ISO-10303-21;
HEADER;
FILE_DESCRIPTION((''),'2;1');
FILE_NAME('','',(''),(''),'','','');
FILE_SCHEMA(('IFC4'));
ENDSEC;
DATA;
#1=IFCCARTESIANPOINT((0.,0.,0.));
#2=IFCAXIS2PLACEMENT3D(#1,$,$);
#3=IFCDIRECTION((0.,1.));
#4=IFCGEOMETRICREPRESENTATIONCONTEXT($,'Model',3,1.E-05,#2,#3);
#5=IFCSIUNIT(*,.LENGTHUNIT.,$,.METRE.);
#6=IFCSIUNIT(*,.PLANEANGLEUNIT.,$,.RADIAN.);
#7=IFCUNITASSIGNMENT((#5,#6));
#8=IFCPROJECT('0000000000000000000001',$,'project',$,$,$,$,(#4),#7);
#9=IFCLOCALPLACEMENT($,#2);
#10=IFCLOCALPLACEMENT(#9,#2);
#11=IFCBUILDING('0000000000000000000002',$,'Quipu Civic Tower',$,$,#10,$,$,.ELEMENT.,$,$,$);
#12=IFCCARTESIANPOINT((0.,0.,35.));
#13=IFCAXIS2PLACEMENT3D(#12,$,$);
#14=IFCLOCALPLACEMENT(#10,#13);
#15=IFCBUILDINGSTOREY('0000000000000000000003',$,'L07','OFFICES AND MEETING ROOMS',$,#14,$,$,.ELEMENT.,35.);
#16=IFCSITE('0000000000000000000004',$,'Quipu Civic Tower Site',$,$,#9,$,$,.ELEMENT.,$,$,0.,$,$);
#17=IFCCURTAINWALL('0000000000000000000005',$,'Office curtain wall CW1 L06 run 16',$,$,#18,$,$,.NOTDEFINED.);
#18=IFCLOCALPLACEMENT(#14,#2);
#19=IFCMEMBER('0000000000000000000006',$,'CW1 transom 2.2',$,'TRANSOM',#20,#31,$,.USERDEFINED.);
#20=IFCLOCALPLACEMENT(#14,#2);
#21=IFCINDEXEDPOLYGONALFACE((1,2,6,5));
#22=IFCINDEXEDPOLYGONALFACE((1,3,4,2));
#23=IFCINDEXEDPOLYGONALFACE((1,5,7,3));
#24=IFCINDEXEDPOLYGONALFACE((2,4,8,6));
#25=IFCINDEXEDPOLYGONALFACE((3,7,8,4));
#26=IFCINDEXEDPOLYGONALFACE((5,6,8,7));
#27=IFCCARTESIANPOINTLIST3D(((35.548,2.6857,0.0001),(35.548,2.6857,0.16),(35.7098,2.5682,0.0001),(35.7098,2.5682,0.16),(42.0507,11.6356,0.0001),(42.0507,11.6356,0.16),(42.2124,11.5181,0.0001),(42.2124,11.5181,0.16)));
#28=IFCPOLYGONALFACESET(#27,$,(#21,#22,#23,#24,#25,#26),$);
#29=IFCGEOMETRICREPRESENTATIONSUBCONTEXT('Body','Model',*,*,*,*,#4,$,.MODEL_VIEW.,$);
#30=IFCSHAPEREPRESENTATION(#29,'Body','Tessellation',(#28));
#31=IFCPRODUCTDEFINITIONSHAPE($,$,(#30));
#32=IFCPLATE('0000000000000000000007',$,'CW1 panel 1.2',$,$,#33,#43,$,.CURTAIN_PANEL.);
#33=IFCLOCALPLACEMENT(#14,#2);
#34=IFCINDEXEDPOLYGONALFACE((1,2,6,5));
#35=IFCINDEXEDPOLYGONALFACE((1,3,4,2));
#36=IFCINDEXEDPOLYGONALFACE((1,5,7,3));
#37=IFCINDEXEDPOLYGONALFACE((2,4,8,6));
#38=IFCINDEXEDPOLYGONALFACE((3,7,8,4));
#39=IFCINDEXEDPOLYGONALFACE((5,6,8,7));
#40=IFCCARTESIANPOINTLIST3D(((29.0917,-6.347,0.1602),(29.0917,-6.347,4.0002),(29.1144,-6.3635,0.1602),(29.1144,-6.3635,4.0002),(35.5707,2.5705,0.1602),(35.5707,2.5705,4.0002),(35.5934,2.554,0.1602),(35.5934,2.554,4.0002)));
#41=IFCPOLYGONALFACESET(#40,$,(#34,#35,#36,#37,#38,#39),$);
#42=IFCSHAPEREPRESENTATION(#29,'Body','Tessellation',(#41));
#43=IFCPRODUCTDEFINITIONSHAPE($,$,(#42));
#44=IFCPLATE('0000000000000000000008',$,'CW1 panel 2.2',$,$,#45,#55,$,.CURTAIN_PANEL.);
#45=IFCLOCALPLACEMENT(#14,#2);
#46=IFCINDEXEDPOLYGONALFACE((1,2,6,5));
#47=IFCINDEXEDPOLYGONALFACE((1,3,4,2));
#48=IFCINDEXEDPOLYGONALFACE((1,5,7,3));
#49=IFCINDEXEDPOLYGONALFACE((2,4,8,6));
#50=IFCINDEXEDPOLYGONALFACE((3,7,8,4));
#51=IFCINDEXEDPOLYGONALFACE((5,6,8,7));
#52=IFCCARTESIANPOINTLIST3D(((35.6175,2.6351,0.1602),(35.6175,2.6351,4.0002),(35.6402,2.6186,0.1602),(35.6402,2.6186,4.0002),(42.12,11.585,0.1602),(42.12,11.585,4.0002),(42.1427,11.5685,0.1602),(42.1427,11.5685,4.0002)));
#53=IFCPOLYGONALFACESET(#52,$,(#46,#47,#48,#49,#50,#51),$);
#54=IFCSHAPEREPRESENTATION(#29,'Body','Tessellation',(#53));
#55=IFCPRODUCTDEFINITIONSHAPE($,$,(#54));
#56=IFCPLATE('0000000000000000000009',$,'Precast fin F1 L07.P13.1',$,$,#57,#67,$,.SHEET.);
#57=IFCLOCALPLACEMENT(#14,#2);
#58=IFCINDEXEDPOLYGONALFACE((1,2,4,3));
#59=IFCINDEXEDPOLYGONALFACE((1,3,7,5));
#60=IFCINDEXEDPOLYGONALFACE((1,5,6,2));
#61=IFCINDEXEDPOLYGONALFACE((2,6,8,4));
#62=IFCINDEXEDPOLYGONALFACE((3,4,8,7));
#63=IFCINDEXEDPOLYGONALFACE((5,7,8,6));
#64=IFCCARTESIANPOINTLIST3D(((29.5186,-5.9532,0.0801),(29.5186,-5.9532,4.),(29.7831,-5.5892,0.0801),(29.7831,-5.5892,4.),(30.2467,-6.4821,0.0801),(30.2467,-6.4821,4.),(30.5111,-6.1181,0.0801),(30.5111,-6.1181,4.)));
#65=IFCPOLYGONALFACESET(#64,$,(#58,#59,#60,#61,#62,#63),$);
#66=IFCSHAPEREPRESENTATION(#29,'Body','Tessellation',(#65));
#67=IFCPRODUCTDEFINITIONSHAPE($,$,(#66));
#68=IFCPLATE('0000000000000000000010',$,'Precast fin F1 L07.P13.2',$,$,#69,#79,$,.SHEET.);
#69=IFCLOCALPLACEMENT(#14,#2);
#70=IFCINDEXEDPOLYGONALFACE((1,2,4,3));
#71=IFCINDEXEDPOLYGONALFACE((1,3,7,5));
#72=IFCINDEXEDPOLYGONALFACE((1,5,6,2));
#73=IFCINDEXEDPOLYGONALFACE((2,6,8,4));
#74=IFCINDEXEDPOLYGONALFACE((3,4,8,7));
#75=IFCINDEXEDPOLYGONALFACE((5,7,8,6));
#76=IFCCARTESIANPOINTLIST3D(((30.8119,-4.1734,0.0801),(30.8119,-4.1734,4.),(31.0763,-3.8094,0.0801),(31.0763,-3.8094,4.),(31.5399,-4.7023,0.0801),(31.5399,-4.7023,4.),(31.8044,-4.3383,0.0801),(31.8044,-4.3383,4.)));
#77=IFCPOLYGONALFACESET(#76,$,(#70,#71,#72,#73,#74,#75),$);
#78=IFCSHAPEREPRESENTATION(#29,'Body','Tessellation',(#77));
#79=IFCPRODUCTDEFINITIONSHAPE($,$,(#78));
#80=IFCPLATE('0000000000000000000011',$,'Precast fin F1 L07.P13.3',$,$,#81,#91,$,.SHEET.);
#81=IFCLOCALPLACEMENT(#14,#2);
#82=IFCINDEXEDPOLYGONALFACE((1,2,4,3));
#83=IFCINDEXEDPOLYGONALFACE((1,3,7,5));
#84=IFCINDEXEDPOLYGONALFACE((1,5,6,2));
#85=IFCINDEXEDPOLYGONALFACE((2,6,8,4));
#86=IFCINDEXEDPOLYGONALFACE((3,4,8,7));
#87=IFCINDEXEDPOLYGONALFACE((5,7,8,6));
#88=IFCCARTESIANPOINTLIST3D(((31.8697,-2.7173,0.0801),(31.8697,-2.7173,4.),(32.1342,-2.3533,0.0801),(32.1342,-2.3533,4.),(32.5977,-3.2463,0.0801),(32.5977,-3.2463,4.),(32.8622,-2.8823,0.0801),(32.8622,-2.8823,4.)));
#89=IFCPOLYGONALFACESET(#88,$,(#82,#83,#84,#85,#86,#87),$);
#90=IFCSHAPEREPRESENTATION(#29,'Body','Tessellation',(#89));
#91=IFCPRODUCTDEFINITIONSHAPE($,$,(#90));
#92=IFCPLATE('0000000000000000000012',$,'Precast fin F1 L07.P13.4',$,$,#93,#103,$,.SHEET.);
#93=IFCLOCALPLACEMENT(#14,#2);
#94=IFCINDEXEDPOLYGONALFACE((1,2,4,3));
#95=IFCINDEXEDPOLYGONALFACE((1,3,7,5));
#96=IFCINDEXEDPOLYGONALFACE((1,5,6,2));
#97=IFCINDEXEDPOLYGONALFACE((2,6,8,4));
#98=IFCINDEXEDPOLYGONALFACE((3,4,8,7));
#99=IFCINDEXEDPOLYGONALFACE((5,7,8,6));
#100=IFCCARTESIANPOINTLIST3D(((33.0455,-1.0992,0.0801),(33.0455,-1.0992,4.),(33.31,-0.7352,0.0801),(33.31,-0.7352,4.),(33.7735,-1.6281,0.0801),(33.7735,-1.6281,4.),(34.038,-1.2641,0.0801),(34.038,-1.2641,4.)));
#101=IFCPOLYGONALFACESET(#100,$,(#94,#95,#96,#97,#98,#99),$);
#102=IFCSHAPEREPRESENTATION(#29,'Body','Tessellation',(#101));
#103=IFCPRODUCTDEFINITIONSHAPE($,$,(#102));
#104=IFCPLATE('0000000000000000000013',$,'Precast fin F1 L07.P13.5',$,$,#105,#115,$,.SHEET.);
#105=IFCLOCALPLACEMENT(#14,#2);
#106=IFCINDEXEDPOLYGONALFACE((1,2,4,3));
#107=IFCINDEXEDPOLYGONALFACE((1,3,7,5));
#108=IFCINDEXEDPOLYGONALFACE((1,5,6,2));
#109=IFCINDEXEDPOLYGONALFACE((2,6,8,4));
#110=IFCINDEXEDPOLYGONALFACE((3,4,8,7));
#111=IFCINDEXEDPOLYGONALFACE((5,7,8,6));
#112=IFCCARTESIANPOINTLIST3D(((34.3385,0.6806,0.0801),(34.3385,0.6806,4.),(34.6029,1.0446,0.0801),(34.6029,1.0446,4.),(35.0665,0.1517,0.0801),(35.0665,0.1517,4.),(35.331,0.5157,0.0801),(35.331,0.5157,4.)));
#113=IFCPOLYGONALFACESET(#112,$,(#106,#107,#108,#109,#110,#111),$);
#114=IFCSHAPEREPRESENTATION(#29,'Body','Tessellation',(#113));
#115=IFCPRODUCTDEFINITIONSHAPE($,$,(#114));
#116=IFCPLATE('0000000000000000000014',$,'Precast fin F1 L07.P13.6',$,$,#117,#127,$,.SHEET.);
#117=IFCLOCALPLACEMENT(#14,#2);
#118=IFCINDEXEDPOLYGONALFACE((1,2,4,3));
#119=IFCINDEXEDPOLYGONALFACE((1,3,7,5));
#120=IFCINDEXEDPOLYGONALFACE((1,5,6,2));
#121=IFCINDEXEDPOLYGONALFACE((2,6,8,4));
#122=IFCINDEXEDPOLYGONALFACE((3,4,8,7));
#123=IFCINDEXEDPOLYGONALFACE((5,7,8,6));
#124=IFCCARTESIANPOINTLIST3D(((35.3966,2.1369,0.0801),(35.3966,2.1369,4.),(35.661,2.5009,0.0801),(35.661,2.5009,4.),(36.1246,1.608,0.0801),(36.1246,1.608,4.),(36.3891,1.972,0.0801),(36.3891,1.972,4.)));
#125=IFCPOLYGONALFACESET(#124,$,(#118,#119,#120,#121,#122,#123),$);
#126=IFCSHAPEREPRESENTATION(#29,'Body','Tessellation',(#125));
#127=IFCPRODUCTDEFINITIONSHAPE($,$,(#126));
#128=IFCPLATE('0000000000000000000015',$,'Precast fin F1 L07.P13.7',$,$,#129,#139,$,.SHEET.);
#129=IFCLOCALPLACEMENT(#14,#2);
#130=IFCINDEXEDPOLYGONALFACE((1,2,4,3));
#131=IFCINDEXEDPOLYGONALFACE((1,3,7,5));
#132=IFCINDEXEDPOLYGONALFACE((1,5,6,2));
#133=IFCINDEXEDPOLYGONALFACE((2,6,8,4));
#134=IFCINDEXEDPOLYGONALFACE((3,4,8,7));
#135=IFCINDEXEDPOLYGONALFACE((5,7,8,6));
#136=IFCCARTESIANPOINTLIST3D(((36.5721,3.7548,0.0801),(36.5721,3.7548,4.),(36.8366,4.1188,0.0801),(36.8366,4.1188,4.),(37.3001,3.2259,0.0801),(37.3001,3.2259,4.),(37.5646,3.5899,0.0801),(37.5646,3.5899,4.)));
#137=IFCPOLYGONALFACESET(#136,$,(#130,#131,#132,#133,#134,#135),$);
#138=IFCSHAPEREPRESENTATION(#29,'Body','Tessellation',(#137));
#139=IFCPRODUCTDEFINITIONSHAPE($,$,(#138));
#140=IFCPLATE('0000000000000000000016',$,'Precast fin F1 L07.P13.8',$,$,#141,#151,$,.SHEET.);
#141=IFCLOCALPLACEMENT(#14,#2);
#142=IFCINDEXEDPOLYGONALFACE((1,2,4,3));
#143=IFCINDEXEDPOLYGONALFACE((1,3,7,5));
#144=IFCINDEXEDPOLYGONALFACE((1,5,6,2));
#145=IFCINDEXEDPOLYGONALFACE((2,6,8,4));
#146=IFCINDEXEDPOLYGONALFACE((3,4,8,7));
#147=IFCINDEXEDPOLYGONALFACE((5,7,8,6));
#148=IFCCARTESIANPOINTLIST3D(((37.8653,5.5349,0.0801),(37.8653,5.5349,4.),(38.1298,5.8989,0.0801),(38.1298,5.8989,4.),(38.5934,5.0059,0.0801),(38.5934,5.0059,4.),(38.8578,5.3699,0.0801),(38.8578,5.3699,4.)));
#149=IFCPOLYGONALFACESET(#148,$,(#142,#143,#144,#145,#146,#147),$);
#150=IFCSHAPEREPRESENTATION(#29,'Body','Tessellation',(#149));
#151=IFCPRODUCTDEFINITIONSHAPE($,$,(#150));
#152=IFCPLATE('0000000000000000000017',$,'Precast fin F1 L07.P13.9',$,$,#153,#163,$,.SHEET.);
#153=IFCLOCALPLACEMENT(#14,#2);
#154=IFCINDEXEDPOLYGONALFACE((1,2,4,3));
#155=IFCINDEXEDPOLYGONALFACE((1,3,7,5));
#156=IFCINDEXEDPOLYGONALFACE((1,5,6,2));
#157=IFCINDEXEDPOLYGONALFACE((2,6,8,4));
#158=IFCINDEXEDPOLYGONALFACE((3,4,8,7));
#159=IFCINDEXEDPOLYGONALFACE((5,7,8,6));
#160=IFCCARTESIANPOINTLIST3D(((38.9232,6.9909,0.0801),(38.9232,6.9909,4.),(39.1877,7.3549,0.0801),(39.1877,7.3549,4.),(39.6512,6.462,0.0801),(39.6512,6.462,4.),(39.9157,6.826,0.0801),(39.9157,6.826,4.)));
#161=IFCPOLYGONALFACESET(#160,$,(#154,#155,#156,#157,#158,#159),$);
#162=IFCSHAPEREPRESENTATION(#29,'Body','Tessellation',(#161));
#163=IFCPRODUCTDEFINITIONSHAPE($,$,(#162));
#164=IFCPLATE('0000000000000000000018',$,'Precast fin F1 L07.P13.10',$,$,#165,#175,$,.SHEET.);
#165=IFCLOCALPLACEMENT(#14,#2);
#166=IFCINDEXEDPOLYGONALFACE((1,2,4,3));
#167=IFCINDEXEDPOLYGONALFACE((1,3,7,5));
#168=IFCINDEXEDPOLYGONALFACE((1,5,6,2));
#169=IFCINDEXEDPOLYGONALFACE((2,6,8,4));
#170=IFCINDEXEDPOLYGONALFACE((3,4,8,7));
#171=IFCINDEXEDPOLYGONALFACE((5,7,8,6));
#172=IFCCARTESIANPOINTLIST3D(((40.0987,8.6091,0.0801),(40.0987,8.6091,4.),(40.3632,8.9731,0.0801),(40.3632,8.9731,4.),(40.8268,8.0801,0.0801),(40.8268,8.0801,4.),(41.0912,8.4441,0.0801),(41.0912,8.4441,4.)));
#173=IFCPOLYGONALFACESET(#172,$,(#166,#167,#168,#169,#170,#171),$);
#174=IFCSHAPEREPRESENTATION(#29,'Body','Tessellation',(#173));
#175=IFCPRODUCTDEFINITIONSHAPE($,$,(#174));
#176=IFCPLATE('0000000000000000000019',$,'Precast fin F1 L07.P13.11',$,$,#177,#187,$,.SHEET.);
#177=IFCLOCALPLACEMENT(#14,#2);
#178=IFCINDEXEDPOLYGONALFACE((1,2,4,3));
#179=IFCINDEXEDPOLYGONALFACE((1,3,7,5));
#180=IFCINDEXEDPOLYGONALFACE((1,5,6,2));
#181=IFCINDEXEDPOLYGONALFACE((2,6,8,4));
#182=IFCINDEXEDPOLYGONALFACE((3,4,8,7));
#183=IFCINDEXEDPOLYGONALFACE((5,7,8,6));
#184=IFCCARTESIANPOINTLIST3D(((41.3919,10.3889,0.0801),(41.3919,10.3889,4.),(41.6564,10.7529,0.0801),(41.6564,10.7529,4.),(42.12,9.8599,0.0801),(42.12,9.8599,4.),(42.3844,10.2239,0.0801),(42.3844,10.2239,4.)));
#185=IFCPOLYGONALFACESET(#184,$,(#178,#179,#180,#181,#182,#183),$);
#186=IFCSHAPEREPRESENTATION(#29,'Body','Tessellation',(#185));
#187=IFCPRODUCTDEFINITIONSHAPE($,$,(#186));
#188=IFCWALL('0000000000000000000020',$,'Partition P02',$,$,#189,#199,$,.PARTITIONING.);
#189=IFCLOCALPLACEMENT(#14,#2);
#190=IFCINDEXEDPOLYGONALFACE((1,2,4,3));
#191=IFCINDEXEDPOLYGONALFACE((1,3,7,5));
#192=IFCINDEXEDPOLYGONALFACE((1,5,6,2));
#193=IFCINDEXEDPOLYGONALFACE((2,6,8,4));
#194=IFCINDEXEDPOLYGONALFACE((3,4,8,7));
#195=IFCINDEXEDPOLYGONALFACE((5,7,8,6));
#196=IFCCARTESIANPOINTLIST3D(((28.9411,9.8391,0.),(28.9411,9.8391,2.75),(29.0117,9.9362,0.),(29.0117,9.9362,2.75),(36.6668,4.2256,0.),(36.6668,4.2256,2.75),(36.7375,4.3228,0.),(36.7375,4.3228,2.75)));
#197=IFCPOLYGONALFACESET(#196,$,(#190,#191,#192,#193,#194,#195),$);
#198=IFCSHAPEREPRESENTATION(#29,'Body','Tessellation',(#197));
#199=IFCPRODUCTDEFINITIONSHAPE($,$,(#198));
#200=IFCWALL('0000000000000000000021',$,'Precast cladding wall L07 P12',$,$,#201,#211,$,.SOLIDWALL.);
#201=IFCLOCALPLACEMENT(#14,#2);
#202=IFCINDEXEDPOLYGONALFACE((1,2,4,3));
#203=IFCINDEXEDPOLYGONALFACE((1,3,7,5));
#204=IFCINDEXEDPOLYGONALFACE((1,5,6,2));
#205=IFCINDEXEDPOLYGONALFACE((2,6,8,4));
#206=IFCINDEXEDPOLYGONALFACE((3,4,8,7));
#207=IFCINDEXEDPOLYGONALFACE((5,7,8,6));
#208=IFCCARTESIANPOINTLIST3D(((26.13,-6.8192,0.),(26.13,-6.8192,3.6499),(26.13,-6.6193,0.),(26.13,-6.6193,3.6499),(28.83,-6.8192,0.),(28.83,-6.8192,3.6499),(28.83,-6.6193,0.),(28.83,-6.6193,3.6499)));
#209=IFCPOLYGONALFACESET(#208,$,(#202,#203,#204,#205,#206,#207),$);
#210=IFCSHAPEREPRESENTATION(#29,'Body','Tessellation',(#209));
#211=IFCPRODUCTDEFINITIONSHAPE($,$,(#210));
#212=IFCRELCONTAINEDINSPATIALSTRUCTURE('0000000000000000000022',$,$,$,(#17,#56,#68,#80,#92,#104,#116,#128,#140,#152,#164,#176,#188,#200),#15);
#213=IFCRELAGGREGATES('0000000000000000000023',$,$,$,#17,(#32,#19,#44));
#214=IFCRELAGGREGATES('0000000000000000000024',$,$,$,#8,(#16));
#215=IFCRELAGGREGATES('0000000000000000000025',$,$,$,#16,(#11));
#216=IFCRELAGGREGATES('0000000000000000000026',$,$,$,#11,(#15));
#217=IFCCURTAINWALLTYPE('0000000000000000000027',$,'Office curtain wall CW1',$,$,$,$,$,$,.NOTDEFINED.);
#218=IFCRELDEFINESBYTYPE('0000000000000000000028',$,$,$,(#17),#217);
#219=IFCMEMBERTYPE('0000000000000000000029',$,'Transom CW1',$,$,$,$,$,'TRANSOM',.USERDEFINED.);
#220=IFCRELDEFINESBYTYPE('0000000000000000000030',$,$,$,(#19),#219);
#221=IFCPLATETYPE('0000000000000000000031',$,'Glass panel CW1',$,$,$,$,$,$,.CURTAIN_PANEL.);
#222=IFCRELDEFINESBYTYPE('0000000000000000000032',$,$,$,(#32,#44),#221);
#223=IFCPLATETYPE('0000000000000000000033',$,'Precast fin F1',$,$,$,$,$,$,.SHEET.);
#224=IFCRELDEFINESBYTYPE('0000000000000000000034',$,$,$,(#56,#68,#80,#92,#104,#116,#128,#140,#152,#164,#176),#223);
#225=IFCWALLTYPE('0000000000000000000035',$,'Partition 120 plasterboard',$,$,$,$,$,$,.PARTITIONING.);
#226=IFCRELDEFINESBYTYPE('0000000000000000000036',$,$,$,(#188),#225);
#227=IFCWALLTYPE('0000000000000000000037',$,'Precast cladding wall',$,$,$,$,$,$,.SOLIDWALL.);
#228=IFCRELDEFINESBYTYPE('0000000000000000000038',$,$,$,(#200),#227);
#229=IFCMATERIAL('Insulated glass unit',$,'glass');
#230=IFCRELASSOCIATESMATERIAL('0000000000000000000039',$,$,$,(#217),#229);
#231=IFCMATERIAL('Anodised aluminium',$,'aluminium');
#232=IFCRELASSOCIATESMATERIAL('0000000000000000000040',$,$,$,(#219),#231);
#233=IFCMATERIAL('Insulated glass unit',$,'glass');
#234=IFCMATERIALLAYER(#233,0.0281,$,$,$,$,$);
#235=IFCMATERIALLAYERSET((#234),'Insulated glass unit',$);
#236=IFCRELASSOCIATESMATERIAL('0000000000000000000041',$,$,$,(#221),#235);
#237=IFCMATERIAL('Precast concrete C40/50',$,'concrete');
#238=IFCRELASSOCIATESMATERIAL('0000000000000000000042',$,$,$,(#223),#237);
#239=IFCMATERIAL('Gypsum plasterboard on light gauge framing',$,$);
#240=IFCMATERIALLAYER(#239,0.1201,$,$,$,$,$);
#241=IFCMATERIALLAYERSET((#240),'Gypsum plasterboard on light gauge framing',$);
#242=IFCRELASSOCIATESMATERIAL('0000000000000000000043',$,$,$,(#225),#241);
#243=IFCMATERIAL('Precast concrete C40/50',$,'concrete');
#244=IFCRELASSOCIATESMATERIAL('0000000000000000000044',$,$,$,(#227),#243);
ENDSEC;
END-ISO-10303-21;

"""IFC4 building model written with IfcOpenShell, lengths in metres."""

from ifc_helpers import new_model, si_unit, direction, frame, frame_2d, origin, origin_2d, place, context, subcontext, project, spatial, rectangle, extrude, material, layer, layer_set, material_profile, profile_set, type_object, element, aggregate, save


model = new_model("IFC4")

# Units and contexts
model_context = context("Model", 3, precision=1e-05, world=origin(), true_north=direction((0.0, 1.0)))
body_context = subcontext(model_context, "Body", "Model", "MODEL_VIEW")
ifc_project = project(units=[si_unit("LENGTHUNIT", "METRE"), si_unit("PLANEANGLEUNIT", "RADIAN")], contexts=[model_context])

# Site, building, storey
site_placement = place(None, origin())
site = spatial("IfcSite", under=ifc_project, at=site_placement, Name="Quipu Civic Tower Site", CompositionType="ELEMENT", RefElevation=0.0)
building_placement = place(site_placement, origin())
building = spatial("IfcBuilding", under=site, at=building_placement, Name="Quipu Civic Tower", CompositionType="ELEMENT")
storey_placement = place(building_placement, frame((0.0, 0.0, 35.0)))
storey = spatial("IfcBuildingStorey", under=building, at=storey_placement, Name="L07", Description="OFFICES AND MEETING ROOMS", CompositionType="ELEMENT", Elevation=35.0)

# Curtain wall
ifc_material_1 = material(Name="Insulated glass unit", Category="glass")
curtain_wall_type = type_object("IfcCurtainWallType", Name="Office curtain wall CW1", PredefinedType="NOTDEFINED", material=ifc_material_1)
curtain_wall_placement = place(storey_placement, origin())
curtain_wall = element("IfcCurtainWall", 1, at=curtain_wall_placement, inside=storey, type_object=curtain_wall_type, Name="Office curtain wall CW1 L06 run 16", PredefinedType="NOTDEFINED")

# Member
ifc_material_2 = material(Name="Anodised aluminium", Category="aluminium")
ifc_material_profile_1 = material_profile(ifc_material_2, rectangle(XDim=0.2, YDim=0.1599, at=origin_2d()), Name="RECT 200x160")
ifc_profile_set_1 = profile_set([ifc_material_profile_1], Name="Anodised aluminium")
member_type_1 = type_object("IfcMemberType", Name="Transom CW1", ElementType="TRANSOM", PredefinedType="USERDEFINED", material=ifc_profile_set_1)
member_1_placement = place(storey_placement, frame((35.6289, 2.627, 0.0801), z_axis=(0.587795, 0.80901, 0.0), x_axis=(-0.80901, 0.587795, 0.0)))
member_1 = element("IfcMember", 2, at=member_1_placement, type_object=member_type_1, Name="CW1 transom 2.2", ObjectType="TRANSOM", PredefinedType="USERDEFINED", context=body_context, shape_type="SweptSolid", body=[
    extrude(rectangle(XDim=0.2, YDim=0.1599, at=origin_2d()), origin(), (0.0, 0.0, 1.0), 11.0627),
])

# Plates
ifc_material_3 = material(Name="Insulated glass unit", Category="glass")
ifc_layer_1 = layer(ifc_material_3, 0.0281)
ifc_layer_set_1 = layer_set([ifc_layer_1], Name="Insulated glass unit")
plate_type_1 = type_object("IfcPlateType", Name="Glass panel CW1", PredefinedType="CURTAIN_PANEL", material=ifc_layer_set_1)
plate_1_placement = place(storey_placement, frame((32.3425, -1.8965, 0.1602), z_axis=(0.0, 0.0, 1.0), x_axis=(0.587786, 0.809017, 0.0)))
plate_1 = element("IfcPlate", 3, at=plate_1_placement, type_object=plate_type_1, Name="CW1 panel 1.2", PredefinedType="CURTAIN_PANEL", context=body_context, shape_type="SweptSolid", body=[
    extrude(rectangle(XDim=11.0227, YDim=0.0281, at=origin_2d()), origin(), (0.0, 0.0, 1.0), 3.8401),
])
plate_2_placement = place(storey_placement, frame((38.8801, 7.1018, 0.1602), z_axis=(0.0, 0.0, 1.0), x_axis=(0.587786, 0.809017, 0.0)))
plate_2 = element("IfcPlate", 4, at=plate_2_placement, type_object=plate_type_1, Name="CW1 panel 2.2", PredefinedType="CURTAIN_PANEL", context=body_context, shape_type="SweptSolid", body=[
    extrude(rectangle(XDim=11.0627, YDim=0.0281, at=origin_2d()), origin(), (0.0, 0.0, 1.0), 3.8401),
])
aggregate(curtain_wall, [plate_1, member_1, plate_2])

# Plates
ifc_material_4 = material(Name="Precast concrete C40/50", Category="concrete")
plate_type_2 = type_object("IfcPlateType", Name="Precast fin F1", PredefinedType="SHEET", material=ifc_material_4)
for number, where, z_axis, x_axis, name in (
    (5, (30.0149, -6.0356, 0.0801), (0.0, 0.0, 1.0), (0.587786, 0.809017, 0.0), "Precast fin F1 L07.P13.1"),
    (6, (31.3081, -4.2559, 0.0801), (0.0, 0.0, 1.0), (0.587786, 0.809017, 0.0), "Precast fin F1 L07.P13.2"),
    (7, (32.366, -2.7998, 0.0801), (0.0, 0.0, 1.0), (0.587786, 0.809017, 0.0), "Precast fin F1 L07.P13.3"),
    (8, (33.5417, -1.1816, 0.0801), (0.0, 0.0, 1.0), (0.587786, 0.809017, 0.0), "Precast fin F1 L07.P13.4"),
    (9, (34.8347, 0.5981, 0.0801), (0.0, 0.0, 1.0), (0.587786, 0.809017, 0.0), "Precast fin F1 L07.P13.5"),
    (10, (35.8928, 2.0544, 0.0801), (0.0, 0.0, 1.0), (0.587786, 0.809017, 0.0), "Precast fin F1 L07.P13.6"),
    (11, (37.0684, 3.6724, 0.0801), (0.0, 0.0, 1.0), (0.587786, 0.809017, 0.0), "Precast fin F1 L07.P13.7"),
    (12, (38.3616, 5.4524, 0.0801), (0.0, 0.0, 1.0), (0.587786, 0.809017, 0.0), "Precast fin F1 L07.P13.8"),
    (13, (39.4194, 6.9084, 0.0801), (0.0, 0.0, 1.0), (0.587786, 0.809017, 0.0), "Precast fin F1 L07.P13.9"),
    (14, (40.595, 8.5266, 0.0801), (0.0, 0.0, 1.0), (0.587786, 0.809017, 0.0), "Precast fin F1 L07.P13.10"),
    (15, (41.8882, 10.3064, 0.0801), (0.0, 0.0, 1.0), (0.587786, 0.809017, 0.0), "Precast fin F1 L07.P13.11"),
):
    element("IfcPlate", number, at=place(storey_placement, frame(where, z_axis=z_axis, x_axis=x_axis)), inside=storey, type_object=plate_type_2, Name=name, PredefinedType="SHEET", context=body_context, shape_type="SweptSolid", body=[
        extrude(rectangle(XDim=0.45, YDim=0.8999, at=origin_2d()), origin(), (0.0, 0.0, 1.0), 3.9199),
    ])

# Walls
ifc_material_5 = material(Name="Gypsum plasterboard on light gauge framing")
ifc_layer_2 = layer(ifc_material_5, 0.1201)
ifc_layer_set_2 = layer_set([ifc_layer_2], Name="Gypsum plasterboard on light gauge framing")
wall_type_1 = type_object("IfcWallType", Name="Partition 120 plasterboard", PredefinedType="PARTITIONING", material=ifc_layer_set_2)
wall_1_placement = place(storey_placement, frame((36.7021, 4.2742, 0.0), z_axis=(0.0, 0.0, 1.0), x_axis=(-0.808998, 0.587811, 0.0)))
element("IfcWall", 16, at=wall_1_placement, inside=storey, type_object=wall_type_1, Name="Partition P02", PredefinedType="PARTITIONING", context=body_context, shape_type="SweptSolid", body=[
    extrude(rectangle(XDim=9.5498, YDim=0.1201, at=frame_2d((4.7749, 0.0))), origin(), (0.0, 0.0, 1.0), 2.75),
])
ifc_material_6 = material(Name="Precast concrete C40/50", Category="concrete")
wall_type_2 = type_object("IfcWallType", Name="Precast cladding wall", PredefinedType="SOLIDWALL", material=ifc_material_6)
wall_2_placement = place(storey_placement, frame((26.1299, -6.7192, 0.0), z_axis=(0.0, 0.0, 1.0), x_axis=(1.0, 0.0, 0.0)))
element("IfcWall", 17, at=wall_2_placement, inside=storey, type_object=wall_type_2, Name="Precast cladding wall L07 P12", PredefinedType="SOLIDWALL", context=body_context, shape_type="SweptSolid", body=[
    extrude(rectangle(XDim=2.7, YDim=0.2, at=frame_2d((1.3501, 0.0))), origin(), (0.0, 0.0, 1.0), 3.6499),
])

save(model, "model.ifc")
